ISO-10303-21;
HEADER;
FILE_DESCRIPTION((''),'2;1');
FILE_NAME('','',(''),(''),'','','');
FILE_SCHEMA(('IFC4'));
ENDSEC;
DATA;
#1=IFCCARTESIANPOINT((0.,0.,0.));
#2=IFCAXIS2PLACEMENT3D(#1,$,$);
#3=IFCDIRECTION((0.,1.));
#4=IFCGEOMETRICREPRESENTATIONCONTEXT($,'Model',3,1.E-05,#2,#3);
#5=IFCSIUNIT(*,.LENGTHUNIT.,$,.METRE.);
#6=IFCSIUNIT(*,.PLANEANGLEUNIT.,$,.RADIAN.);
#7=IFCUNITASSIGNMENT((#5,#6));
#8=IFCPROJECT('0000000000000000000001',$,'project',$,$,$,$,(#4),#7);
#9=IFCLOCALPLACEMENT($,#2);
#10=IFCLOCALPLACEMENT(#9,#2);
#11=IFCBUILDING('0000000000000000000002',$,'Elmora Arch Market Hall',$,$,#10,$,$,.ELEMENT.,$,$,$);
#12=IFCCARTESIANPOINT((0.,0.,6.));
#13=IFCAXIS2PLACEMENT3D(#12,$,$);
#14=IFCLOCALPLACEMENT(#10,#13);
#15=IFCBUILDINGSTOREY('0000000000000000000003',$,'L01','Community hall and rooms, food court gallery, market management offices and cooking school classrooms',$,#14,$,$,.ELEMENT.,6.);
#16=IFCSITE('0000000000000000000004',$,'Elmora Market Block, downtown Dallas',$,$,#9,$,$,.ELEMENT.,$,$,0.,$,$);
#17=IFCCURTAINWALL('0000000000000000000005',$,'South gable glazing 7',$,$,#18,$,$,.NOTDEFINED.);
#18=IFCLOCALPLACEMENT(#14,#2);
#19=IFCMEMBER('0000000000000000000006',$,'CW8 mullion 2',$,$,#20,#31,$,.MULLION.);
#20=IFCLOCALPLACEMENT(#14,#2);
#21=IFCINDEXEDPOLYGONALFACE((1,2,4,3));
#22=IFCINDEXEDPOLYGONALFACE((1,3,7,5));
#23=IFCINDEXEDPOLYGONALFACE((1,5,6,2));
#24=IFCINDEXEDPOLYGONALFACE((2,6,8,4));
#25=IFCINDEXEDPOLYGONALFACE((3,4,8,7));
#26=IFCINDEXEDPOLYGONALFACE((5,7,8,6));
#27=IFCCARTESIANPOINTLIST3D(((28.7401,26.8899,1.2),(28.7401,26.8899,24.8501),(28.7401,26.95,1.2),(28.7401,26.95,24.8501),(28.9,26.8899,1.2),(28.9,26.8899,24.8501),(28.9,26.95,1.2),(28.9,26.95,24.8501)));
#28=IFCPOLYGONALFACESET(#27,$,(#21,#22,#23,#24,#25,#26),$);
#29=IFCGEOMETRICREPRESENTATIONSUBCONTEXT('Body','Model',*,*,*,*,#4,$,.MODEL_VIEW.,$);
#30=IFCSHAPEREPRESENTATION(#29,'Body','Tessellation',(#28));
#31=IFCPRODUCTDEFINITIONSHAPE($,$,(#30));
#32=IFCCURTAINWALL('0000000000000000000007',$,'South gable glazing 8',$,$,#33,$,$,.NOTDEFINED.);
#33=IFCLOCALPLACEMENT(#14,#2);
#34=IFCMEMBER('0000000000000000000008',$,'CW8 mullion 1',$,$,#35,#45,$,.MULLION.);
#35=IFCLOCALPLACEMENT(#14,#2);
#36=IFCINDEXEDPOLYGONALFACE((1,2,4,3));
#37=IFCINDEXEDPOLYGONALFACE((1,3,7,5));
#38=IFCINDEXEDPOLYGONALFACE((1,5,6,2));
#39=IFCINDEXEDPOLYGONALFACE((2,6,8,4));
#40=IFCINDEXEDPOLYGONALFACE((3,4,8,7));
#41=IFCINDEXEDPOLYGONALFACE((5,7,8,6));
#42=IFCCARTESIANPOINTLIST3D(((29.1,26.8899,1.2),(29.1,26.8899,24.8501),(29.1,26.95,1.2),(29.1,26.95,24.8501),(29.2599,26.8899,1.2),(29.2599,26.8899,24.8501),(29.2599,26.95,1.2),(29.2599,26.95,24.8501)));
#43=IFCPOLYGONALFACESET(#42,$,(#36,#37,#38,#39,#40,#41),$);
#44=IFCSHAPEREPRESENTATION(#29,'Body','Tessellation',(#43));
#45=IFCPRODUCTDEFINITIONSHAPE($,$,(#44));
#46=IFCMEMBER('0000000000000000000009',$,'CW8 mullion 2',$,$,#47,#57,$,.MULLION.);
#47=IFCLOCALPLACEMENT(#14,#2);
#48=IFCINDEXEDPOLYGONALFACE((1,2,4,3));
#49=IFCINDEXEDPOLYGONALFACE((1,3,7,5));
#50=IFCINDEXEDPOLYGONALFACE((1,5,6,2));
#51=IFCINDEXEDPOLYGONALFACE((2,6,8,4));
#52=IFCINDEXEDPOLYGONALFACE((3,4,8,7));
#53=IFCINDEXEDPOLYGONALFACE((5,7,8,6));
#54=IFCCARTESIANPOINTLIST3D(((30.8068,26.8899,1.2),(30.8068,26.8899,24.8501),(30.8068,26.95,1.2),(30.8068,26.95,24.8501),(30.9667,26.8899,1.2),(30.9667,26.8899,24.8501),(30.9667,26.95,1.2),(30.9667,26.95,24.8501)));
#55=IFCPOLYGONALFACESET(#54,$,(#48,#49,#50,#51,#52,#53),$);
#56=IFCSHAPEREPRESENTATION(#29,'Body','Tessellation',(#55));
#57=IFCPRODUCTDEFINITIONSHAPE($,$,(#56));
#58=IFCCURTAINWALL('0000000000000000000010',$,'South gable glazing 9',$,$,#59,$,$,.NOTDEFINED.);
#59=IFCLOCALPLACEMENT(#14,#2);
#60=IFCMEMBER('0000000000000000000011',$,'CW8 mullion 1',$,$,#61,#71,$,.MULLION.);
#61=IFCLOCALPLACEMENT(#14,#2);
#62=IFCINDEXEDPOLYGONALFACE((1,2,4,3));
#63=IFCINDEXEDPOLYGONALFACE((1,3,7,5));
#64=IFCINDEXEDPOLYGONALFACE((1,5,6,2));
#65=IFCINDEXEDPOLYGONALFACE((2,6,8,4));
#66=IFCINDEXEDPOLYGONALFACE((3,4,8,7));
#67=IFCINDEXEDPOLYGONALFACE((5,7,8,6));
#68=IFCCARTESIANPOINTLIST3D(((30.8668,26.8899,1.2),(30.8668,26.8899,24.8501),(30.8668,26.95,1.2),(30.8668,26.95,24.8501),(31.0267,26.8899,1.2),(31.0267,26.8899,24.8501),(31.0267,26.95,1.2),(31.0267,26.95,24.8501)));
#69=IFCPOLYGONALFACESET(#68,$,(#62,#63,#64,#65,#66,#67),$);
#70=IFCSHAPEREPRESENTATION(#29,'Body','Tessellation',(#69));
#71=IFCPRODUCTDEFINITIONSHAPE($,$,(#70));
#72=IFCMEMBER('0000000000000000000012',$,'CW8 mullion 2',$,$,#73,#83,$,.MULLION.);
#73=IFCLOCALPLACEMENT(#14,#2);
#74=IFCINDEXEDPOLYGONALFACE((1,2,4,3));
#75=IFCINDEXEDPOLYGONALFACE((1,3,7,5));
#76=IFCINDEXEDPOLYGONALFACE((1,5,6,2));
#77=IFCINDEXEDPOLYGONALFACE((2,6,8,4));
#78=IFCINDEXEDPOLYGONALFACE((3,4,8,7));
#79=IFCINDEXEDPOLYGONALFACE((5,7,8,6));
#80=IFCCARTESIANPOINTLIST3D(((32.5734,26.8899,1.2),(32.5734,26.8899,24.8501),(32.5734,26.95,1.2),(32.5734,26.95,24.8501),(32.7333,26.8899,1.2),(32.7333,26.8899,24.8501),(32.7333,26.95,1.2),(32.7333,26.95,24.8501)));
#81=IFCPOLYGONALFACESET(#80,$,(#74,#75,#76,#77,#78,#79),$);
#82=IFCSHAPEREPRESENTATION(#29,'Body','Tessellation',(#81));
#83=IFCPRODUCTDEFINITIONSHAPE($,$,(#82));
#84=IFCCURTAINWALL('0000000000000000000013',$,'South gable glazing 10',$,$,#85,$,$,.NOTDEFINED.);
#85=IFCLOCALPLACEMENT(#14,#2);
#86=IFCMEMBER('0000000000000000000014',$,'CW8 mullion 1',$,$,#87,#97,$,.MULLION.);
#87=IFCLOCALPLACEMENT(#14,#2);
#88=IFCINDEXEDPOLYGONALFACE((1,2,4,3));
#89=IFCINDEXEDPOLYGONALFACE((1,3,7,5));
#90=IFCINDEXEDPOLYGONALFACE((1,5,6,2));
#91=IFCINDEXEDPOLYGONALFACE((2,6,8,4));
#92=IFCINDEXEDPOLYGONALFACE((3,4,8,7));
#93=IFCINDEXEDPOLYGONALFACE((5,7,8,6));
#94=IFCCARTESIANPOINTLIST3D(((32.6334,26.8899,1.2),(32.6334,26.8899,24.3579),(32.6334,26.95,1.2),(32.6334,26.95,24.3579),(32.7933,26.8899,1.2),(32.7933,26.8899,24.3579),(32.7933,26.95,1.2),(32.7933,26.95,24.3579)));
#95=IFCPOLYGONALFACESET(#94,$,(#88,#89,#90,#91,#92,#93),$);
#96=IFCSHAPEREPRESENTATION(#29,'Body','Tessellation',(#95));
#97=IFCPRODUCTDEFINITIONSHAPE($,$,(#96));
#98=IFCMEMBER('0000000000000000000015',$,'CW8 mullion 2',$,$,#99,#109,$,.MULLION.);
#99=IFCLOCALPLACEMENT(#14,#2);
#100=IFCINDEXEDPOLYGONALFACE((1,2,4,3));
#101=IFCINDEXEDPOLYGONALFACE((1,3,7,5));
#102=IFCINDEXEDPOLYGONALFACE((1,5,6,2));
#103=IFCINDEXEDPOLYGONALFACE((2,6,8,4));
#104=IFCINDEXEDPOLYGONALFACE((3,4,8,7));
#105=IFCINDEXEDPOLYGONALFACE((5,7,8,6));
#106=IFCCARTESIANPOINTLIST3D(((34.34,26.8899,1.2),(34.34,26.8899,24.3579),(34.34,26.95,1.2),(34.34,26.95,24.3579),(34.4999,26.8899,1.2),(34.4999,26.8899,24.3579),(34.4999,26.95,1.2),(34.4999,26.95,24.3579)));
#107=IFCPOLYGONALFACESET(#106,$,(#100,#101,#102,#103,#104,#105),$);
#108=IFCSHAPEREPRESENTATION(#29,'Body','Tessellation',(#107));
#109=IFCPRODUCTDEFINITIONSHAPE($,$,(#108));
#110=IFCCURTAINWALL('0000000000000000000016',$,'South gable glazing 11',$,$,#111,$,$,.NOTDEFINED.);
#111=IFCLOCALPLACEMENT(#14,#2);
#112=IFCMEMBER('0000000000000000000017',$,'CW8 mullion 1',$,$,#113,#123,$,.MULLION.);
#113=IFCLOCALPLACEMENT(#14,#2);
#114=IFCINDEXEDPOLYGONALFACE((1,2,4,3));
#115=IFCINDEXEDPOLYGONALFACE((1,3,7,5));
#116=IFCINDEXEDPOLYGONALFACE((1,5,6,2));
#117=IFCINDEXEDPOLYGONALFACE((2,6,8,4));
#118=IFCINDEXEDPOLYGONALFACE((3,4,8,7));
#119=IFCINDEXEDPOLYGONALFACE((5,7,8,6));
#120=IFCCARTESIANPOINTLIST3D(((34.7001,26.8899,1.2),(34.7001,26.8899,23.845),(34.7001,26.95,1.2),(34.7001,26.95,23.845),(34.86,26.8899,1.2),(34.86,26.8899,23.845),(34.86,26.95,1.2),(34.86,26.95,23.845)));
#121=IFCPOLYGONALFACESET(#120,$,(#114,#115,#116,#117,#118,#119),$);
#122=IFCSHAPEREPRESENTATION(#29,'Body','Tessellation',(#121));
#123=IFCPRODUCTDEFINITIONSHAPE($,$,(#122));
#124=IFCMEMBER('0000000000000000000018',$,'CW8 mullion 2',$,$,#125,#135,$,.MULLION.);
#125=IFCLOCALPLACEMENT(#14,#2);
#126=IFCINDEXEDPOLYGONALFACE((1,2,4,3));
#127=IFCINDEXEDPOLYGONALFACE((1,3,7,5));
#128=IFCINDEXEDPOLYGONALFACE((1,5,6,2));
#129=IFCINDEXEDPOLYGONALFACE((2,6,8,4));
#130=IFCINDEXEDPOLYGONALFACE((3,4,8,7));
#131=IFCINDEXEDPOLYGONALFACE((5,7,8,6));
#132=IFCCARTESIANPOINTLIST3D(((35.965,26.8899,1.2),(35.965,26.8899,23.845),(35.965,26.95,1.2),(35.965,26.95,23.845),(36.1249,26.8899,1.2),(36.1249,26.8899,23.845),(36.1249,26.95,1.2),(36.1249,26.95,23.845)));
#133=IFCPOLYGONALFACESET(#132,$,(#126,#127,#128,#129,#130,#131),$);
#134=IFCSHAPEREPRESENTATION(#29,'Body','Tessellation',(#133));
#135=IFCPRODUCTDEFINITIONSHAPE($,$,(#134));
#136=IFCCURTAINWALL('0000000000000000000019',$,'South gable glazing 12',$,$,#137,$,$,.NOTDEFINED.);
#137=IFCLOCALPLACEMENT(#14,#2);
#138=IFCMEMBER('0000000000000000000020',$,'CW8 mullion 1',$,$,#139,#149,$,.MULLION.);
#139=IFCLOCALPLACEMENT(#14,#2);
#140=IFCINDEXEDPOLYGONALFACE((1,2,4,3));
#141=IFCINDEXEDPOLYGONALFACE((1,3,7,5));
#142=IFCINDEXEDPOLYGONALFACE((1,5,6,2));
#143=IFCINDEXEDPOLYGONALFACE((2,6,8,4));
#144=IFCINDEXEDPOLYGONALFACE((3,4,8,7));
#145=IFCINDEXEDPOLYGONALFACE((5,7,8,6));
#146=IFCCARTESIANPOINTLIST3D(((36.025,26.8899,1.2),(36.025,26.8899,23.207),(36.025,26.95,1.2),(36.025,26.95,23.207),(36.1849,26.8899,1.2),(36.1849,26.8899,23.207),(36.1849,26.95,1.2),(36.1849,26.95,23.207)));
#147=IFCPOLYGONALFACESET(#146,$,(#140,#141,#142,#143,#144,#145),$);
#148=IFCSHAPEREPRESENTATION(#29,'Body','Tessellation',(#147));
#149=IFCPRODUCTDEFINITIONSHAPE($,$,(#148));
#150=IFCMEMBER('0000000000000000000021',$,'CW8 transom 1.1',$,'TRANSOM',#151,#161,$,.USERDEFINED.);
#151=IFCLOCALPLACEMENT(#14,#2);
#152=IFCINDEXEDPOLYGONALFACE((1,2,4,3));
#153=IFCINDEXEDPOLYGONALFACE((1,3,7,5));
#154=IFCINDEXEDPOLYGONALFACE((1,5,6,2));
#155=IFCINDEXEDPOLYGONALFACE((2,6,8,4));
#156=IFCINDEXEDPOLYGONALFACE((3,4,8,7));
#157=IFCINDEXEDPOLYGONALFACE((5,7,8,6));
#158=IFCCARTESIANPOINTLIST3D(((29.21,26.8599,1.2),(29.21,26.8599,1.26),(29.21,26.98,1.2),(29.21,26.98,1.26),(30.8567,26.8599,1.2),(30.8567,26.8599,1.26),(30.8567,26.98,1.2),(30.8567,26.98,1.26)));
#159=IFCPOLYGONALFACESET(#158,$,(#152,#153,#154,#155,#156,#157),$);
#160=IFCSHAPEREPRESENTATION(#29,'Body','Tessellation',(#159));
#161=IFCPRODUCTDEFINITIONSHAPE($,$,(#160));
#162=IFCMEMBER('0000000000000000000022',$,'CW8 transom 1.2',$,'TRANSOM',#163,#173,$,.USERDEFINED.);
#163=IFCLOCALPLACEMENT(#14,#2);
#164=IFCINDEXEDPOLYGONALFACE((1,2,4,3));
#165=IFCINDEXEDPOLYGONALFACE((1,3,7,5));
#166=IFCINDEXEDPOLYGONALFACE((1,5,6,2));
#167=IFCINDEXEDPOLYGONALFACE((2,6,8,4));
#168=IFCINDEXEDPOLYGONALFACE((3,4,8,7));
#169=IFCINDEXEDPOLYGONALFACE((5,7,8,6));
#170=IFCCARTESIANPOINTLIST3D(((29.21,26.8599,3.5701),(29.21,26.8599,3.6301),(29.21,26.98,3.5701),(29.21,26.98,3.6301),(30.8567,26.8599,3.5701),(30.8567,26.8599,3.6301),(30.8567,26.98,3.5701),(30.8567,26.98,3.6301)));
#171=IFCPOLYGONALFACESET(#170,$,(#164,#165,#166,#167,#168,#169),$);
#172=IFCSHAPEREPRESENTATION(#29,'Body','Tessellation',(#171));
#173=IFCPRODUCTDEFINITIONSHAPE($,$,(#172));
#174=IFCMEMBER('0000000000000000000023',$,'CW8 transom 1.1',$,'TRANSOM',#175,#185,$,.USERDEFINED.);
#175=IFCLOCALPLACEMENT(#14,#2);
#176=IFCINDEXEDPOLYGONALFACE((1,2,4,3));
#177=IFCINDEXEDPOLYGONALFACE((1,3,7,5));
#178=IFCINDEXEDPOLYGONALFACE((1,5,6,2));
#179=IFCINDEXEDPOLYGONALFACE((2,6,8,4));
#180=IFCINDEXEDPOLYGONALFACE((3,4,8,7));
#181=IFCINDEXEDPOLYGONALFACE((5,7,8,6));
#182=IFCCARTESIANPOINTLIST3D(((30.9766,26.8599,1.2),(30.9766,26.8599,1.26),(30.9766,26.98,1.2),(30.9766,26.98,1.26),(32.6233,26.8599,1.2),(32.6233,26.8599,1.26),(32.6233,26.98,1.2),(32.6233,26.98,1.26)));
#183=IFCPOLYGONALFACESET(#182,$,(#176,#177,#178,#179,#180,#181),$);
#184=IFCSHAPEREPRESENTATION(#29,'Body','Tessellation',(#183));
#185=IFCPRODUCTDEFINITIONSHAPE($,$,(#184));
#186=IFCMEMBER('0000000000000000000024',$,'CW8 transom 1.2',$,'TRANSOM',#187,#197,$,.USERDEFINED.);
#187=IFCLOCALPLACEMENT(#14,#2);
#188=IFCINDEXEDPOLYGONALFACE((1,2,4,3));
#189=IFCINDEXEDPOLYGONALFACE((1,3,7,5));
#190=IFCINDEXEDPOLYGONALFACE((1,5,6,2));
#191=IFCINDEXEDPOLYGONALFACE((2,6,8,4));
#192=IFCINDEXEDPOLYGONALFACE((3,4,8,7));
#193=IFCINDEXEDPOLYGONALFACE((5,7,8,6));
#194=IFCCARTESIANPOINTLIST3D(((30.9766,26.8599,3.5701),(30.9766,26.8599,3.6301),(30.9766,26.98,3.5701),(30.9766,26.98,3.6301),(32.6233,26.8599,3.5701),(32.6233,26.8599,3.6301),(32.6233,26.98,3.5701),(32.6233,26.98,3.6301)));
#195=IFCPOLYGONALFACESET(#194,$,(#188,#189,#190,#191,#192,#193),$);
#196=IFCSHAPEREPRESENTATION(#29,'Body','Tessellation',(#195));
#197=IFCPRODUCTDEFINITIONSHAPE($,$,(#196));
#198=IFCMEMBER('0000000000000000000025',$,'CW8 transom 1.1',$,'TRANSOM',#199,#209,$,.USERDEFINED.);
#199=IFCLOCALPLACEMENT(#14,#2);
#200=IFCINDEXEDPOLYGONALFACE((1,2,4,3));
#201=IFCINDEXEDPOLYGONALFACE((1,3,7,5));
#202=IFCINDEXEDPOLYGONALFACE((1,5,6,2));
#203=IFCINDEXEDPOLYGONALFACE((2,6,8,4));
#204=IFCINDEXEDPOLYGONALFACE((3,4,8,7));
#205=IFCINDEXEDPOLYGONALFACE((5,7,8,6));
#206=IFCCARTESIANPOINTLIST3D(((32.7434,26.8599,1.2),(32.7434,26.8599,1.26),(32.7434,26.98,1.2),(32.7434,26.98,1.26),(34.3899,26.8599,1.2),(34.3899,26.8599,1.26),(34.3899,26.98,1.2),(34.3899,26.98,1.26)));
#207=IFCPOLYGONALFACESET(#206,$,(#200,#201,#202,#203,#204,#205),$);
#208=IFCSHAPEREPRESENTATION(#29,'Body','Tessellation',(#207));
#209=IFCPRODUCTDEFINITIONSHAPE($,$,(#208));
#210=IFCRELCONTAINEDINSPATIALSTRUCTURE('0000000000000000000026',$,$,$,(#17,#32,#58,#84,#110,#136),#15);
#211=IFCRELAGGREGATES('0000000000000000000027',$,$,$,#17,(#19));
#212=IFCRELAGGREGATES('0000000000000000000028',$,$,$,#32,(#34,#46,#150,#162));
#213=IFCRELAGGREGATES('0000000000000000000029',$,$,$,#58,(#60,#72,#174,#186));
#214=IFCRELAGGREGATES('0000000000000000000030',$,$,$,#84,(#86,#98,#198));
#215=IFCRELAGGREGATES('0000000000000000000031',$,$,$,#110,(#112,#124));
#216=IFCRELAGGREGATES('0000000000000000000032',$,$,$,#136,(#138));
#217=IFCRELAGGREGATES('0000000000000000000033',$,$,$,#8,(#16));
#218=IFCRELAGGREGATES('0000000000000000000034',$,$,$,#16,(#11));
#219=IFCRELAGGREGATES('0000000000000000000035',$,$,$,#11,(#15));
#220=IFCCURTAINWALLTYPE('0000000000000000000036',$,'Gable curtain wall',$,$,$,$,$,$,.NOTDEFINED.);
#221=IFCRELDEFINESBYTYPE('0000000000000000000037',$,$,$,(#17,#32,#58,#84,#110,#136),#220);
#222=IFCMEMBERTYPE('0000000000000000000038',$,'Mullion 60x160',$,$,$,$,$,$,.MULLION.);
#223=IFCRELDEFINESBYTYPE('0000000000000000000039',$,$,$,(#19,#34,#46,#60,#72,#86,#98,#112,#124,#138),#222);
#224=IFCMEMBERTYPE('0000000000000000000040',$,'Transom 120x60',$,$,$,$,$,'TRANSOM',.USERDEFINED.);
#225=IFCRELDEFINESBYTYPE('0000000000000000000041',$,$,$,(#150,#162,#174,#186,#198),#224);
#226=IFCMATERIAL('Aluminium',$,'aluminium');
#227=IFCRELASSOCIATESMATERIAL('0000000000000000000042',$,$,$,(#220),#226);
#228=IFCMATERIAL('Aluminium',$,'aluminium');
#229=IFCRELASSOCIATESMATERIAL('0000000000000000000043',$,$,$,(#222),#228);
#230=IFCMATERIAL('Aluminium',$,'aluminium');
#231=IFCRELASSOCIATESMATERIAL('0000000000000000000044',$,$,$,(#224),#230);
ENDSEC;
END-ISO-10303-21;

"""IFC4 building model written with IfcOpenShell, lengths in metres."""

from ifc_helpers import new_model, si_unit, direction, frame, origin, origin_2d, place, context, subcontext, project, spatial, rectangle, extrude, material, material_profile, profile_set, type_object, element, aggregate, save


model = new_model("IFC4")

# Units and contexts
model_context = context("Model", 3, precision=1e-05, world=origin(), true_north=direction((0.0, 1.0)))
body_context = subcontext(model_context, "Body", "Model", "MODEL_VIEW")
ifc_project = project(units=[si_unit("LENGTHUNIT", "METRE"), si_unit("PLANEANGLEUNIT", "RADIAN")], contexts=[model_context])

# Site, building, storey
site_placement = place(None, origin())
site = spatial("IfcSite", under=ifc_project, at=site_placement, Name="Elmora Market Block, downtown Dallas", CompositionType="ELEMENT", RefElevation=0.0)
building_placement = place(site_placement, origin())
building = spatial("IfcBuilding", under=site, at=building_placement, Name="Elmora Arch Market Hall", CompositionType="ELEMENT")
storey_placement = place(building_placement, frame((0.0, 0.0, 6.0)))
storey = spatial("IfcBuildingStorey", under=building, at=storey_placement, Name="L01", Description="Community hall and rooms, food court gallery, market management offices and cooking school classrooms", CompositionType="ELEMENT", Elevation=6.0)

# Curtain wall, member
ifc_material_1 = material(Name="Aluminium", Category="aluminium")
curtain_wall_type = type_object("IfcCurtainWallType", Name="Gable curtain wall", PredefinedType="NOTDEFINED", material=ifc_material_1)
curtain_wall_1_placement = place(storey_placement, origin())
curtain_wall_1 = element("IfcCurtainWall", 1, at=curtain_wall_1_placement, inside=storey, type_object=curtain_wall_type, Name="South gable glazing 7", PredefinedType="NOTDEFINED")
ifc_material_2 = material(Name="Aluminium", Category="aluminium")
ifc_material_profile_1 = material_profile(ifc_material_2, rectangle(XDim=0.0601, YDim=0.1599, at=origin_2d()), Name="AL 60x160")
ifc_profile_set_1 = profile_set([ifc_material_profile_1], Name="Aluminium")
member_type_1 = type_object("IfcMemberType", Name="Mullion 60x160", PredefinedType="MULLION", material=ifc_profile_set_1)
member_1_placement = place(storey_placement, frame((28.8201, 26.9199, 1.2), z_axis=(0.0, 0.0, 1.0), x_axis=(0.0, 1.0, 0.0)))
member_1 = element("IfcMember", 2, at=member_1_placement, type_object=member_type_1, Name="CW8 mullion 2", PredefinedType="MULLION", context=body_context, shape_type="SweptSolid", body=[
    extrude(rectangle(XDim=0.0601, YDim=0.1599, at=origin_2d()), origin(), (0.0, 0.0, 1.0), 23.6501),
])
aggregate(curtain_wall_1, [member_1])

# Curtain walls, members
curtain_wall_2_placement = place(storey_placement, origin())
curtain_wall_2 = element("IfcCurtainWall", 3, at=curtain_wall_2_placement, inside=storey, type_object=curtain_wall_type, Name="South gable glazing 8", PredefinedType="NOTDEFINED")
member_2_placement = place(storey_placement, frame((29.1799, 26.9199, 1.2), z_axis=(0.0, 0.0, 1.0), x_axis=(0.0, 1.0, 0.0)))
member_2 = element("IfcMember", 4, at=member_2_placement, type_object=member_type_1, Name="CW8 mullion 1", PredefinedType="MULLION", context=body_context, shape_type="SweptSolid", body=[
    extrude(rectangle(XDim=0.0601, YDim=0.1599, at=origin_2d()), origin(), (0.0, 0.0, 1.0), 23.6501),
])
member_3_placement = place(storey_placement, frame((30.8867, 26.9199, 1.2), z_axis=(0.0, 0.0, 1.0), x_axis=(0.0, 1.0, 0.0)))
member_3 = element("IfcMember", 5, at=member_3_placement, type_object=member_type_1, Name="CW8 mullion 2", PredefinedType="MULLION", context=body_context, shape_type="SweptSolid", body=[
    extrude(rectangle(XDim=0.0601, YDim=0.1599, at=origin_2d()), origin(), (0.0, 0.0, 1.0), 23.6501),
])
curtain_wall_3_placement = place(storey_placement, origin())
curtain_wall_3 = element("IfcCurtainWall", 6, at=curtain_wall_3_placement, inside=storey, type_object=curtain_wall_type, Name="South gable glazing 9", PredefinedType="NOTDEFINED")
member_4_placement = place(storey_placement, frame((30.9468, 26.9199, 1.2), z_axis=(0.0, 0.0, 1.0), x_axis=(0.0, 1.0, 0.0)))
member_4 = element("IfcMember", 7, at=member_4_placement, type_object=member_type_1, Name="CW8 mullion 1", PredefinedType="MULLION", context=body_context, shape_type="SweptSolid", body=[
    extrude(rectangle(XDim=0.0601, YDim=0.1599, at=origin_2d()), origin(), (0.0, 0.0, 1.0), 23.6501),
])
member_5_placement = place(storey_placement, frame((32.6533, 26.9199, 1.2), z_axis=(0.0, 0.0, 1.0), x_axis=(0.0, 1.0, 0.0)))
member_5 = element("IfcMember", 8, at=member_5_placement, type_object=member_type_1, Name="CW8 mullion 2", PredefinedType="MULLION", context=body_context, shape_type="SweptSolid", body=[
    extrude(rectangle(XDim=0.0601, YDim=0.1599, at=origin_2d()), origin(), (0.0, 0.0, 1.0), 23.6501),
])
curtain_wall_4_placement = place(storey_placement, origin())
curtain_wall_4 = element("IfcCurtainWall", 9, at=curtain_wall_4_placement, inside=storey, type_object=curtain_wall_type, Name="South gable glazing 10", PredefinedType="NOTDEFINED")
member_6_placement = place(storey_placement, frame((32.7134, 26.9199, 1.2), z_axis=(0.0, 0.0, 1.0), x_axis=(0.0, 1.0, 0.0)))
member_6 = element("IfcMember", 10, at=member_6_placement, type_object=member_type_1, Name="CW8 mullion 1", PredefinedType="MULLION", context=body_context, shape_type="SweptSolid", body=[
    extrude(rectangle(XDim=0.0601, YDim=0.1599, at=origin_2d()), origin(), (0.0, 0.0, 1.0), 23.158),
])
member_7_placement = place(storey_placement, frame((34.4199, 26.9199, 1.2), z_axis=(0.0, 0.0, 1.0), x_axis=(0.0, 1.0, 0.0)))
member_7 = element("IfcMember", 11, at=member_7_placement, type_object=member_type_1, Name="CW8 mullion 2", PredefinedType="MULLION", context=body_context, shape_type="SweptSolid", body=[
    extrude(rectangle(XDim=0.0601, YDim=0.1599, at=origin_2d()), origin(), (0.0, 0.0, 1.0), 23.158),
])
curtain_wall_5_placement = place(storey_placement, origin())
curtain_wall_5 = element("IfcCurtainWall", 12, at=curtain_wall_5_placement, inside=storey, type_object=curtain_wall_type, Name="South gable glazing 11", PredefinedType="NOTDEFINED")
member_8_placement = place(storey_placement, frame((34.78, 26.9199, 1.2), z_axis=(0.0, 0.0, 1.0), x_axis=(0.0, 1.0, 0.0)))
member_8 = element("IfcMember", 13, at=member_8_placement, type_object=member_type_1, Name="CW8 mullion 1", PredefinedType="MULLION", context=body_context, shape_type="SweptSolid", body=[
    extrude(rectangle(XDim=0.0601, YDim=0.1599, at=origin_2d()), origin(), (0.0, 0.0, 1.0), 22.645),
])
member_9_placement = place(storey_placement, frame((36.0449, 26.9199, 1.2), z_axis=(0.0, 0.0, 1.0), x_axis=(0.0, 1.0, 0.0)))
member_9 = element("IfcMember", 14, at=member_9_placement, type_object=member_type_1, Name="CW8 mullion 2", PredefinedType="MULLION", context=body_context, shape_type="SweptSolid", body=[
    extrude(rectangle(XDim=0.0601, YDim=0.1599, at=origin_2d()), origin(), (0.0, 0.0, 1.0), 22.645),
])

# Curtain wall, member
curtain_wall_6_placement = place(storey_placement, origin())
curtain_wall_6 = element("IfcCurtainWall", 15, at=curtain_wall_6_placement, inside=storey, type_object=curtain_wall_type, Name="South gable glazing 12", PredefinedType="NOTDEFINED")
member_10_placement = place(storey_placement, frame((36.105, 26.9199, 1.2), z_axis=(0.0, 0.0, 1.0), x_axis=(0.0, 1.0, 0.0)))
member_10 = element("IfcMember", 16, at=member_10_placement, type_object=member_type_1, Name="CW8 mullion 1", PredefinedType="MULLION", context=body_context, shape_type="SweptSolid", body=[
    extrude(rectangle(XDim=0.0601, YDim=0.1599, at=origin_2d()), origin(), (0.0, 0.0, 1.0), 22.0071),
])

# Members
ifc_material_3 = material(Name="Aluminium", Category="aluminium")
ifc_material_profile_2 = material_profile(ifc_material_3, rectangle(XDim=0.1201, YDim=0.0601, at=origin_2d()), Name="AL 120x60")
ifc_profile_set_2 = profile_set([ifc_material_profile_2], Name="Aluminium")
member_type_2 = type_object("IfcMemberType", Name="Transom 120x60", ElementType="TRANSOM", PredefinedType="USERDEFINED", material=ifc_profile_set_2)
member_11_placement = place(storey_placement, frame((29.21, 26.9199, 1.23), z_axis=(1.0, 0.0, 0.0), x_axis=(0.0, 1.0, 0.0)))
member_11 = element("IfcMember", 17, at=member_11_placement, type_object=member_type_2, Name="CW8 transom 1.1", ObjectType="TRANSOM", PredefinedType="USERDEFINED", context=body_context, shape_type="SweptSolid", body=[
    extrude(rectangle(XDim=0.1201, YDim=0.0601, at=origin_2d()), origin(), (0.0, 0.0, 1.0), 1.6467),
])
member_12_placement = place(storey_placement, frame((29.21, 26.9199, 3.6001), z_axis=(1.0, 0.0, 0.0), x_axis=(0.0, 1.0, 0.0)))
member_12 = element("IfcMember", 18, at=member_12_placement, type_object=member_type_2, Name="CW8 transom 1.2", ObjectType="TRANSOM", PredefinedType="USERDEFINED", context=body_context, shape_type="SweptSolid", body=[
    extrude(rectangle(XDim=0.1201, YDim=0.0601, at=origin_2d()), origin(), (0.0, 0.0, 1.0), 1.6467),
])
member_13_placement = place(storey_placement, frame((30.9766, 26.9199, 1.23), z_axis=(1.0, 0.0, 0.0), x_axis=(0.0, 1.0, 0.0)))
member_13 = element("IfcMember", 19, at=member_13_placement, type_object=member_type_2, Name="CW8 transom 1.1", ObjectType="TRANSOM", PredefinedType="USERDEFINED", context=body_context, shape_type="SweptSolid", body=[
    extrude(rectangle(XDim=0.1201, YDim=0.0601, at=origin_2d()), origin(), (0.0, 0.0, 1.0), 1.6467),
])
member_14_placement = place(storey_placement, frame((30.9766, 26.9199, 3.6001), z_axis=(1.0, 0.0, 0.0), x_axis=(0.0, 1.0, 0.0)))
member_14 = element("IfcMember", 20, at=member_14_placement, type_object=member_type_2, Name="CW8 transom 1.2", ObjectType="TRANSOM", PredefinedType="USERDEFINED", context=body_context, shape_type="SweptSolid", body=[
    extrude(rectangle(XDim=0.1201, YDim=0.0601, at=origin_2d()), origin(), (0.0, 0.0, 1.0), 1.6467),
])
member_15_placement = place(storey_placement, frame((32.7434, 26.9199, 1.23), z_axis=(1.0, 0.0, 0.0), x_axis=(0.0, 1.0, 0.0)))
member_15 = element("IfcMember", 21, at=member_15_placement, type_object=member_type_2, Name="CW8 transom 1.1", ObjectType="TRANSOM", PredefinedType="USERDEFINED", context=body_context, shape_type="SweptSolid", body=[
    extrude(rectangle(XDim=0.1201, YDim=0.0601, at=origin_2d()), origin(), (0.0, 0.0, 1.0), 1.6465),
])

aggregate(curtain_wall_2, [member_2, member_3, member_11, member_12])
aggregate(curtain_wall_3, [member_4, member_5, member_13, member_14])
aggregate(curtain_wall_4, [member_6, member_7, member_15])
aggregate(curtain_wall_5, [member_8, member_9])
aggregate(curtain_wall_6, [member_10])

save(model, "model.ifc")
